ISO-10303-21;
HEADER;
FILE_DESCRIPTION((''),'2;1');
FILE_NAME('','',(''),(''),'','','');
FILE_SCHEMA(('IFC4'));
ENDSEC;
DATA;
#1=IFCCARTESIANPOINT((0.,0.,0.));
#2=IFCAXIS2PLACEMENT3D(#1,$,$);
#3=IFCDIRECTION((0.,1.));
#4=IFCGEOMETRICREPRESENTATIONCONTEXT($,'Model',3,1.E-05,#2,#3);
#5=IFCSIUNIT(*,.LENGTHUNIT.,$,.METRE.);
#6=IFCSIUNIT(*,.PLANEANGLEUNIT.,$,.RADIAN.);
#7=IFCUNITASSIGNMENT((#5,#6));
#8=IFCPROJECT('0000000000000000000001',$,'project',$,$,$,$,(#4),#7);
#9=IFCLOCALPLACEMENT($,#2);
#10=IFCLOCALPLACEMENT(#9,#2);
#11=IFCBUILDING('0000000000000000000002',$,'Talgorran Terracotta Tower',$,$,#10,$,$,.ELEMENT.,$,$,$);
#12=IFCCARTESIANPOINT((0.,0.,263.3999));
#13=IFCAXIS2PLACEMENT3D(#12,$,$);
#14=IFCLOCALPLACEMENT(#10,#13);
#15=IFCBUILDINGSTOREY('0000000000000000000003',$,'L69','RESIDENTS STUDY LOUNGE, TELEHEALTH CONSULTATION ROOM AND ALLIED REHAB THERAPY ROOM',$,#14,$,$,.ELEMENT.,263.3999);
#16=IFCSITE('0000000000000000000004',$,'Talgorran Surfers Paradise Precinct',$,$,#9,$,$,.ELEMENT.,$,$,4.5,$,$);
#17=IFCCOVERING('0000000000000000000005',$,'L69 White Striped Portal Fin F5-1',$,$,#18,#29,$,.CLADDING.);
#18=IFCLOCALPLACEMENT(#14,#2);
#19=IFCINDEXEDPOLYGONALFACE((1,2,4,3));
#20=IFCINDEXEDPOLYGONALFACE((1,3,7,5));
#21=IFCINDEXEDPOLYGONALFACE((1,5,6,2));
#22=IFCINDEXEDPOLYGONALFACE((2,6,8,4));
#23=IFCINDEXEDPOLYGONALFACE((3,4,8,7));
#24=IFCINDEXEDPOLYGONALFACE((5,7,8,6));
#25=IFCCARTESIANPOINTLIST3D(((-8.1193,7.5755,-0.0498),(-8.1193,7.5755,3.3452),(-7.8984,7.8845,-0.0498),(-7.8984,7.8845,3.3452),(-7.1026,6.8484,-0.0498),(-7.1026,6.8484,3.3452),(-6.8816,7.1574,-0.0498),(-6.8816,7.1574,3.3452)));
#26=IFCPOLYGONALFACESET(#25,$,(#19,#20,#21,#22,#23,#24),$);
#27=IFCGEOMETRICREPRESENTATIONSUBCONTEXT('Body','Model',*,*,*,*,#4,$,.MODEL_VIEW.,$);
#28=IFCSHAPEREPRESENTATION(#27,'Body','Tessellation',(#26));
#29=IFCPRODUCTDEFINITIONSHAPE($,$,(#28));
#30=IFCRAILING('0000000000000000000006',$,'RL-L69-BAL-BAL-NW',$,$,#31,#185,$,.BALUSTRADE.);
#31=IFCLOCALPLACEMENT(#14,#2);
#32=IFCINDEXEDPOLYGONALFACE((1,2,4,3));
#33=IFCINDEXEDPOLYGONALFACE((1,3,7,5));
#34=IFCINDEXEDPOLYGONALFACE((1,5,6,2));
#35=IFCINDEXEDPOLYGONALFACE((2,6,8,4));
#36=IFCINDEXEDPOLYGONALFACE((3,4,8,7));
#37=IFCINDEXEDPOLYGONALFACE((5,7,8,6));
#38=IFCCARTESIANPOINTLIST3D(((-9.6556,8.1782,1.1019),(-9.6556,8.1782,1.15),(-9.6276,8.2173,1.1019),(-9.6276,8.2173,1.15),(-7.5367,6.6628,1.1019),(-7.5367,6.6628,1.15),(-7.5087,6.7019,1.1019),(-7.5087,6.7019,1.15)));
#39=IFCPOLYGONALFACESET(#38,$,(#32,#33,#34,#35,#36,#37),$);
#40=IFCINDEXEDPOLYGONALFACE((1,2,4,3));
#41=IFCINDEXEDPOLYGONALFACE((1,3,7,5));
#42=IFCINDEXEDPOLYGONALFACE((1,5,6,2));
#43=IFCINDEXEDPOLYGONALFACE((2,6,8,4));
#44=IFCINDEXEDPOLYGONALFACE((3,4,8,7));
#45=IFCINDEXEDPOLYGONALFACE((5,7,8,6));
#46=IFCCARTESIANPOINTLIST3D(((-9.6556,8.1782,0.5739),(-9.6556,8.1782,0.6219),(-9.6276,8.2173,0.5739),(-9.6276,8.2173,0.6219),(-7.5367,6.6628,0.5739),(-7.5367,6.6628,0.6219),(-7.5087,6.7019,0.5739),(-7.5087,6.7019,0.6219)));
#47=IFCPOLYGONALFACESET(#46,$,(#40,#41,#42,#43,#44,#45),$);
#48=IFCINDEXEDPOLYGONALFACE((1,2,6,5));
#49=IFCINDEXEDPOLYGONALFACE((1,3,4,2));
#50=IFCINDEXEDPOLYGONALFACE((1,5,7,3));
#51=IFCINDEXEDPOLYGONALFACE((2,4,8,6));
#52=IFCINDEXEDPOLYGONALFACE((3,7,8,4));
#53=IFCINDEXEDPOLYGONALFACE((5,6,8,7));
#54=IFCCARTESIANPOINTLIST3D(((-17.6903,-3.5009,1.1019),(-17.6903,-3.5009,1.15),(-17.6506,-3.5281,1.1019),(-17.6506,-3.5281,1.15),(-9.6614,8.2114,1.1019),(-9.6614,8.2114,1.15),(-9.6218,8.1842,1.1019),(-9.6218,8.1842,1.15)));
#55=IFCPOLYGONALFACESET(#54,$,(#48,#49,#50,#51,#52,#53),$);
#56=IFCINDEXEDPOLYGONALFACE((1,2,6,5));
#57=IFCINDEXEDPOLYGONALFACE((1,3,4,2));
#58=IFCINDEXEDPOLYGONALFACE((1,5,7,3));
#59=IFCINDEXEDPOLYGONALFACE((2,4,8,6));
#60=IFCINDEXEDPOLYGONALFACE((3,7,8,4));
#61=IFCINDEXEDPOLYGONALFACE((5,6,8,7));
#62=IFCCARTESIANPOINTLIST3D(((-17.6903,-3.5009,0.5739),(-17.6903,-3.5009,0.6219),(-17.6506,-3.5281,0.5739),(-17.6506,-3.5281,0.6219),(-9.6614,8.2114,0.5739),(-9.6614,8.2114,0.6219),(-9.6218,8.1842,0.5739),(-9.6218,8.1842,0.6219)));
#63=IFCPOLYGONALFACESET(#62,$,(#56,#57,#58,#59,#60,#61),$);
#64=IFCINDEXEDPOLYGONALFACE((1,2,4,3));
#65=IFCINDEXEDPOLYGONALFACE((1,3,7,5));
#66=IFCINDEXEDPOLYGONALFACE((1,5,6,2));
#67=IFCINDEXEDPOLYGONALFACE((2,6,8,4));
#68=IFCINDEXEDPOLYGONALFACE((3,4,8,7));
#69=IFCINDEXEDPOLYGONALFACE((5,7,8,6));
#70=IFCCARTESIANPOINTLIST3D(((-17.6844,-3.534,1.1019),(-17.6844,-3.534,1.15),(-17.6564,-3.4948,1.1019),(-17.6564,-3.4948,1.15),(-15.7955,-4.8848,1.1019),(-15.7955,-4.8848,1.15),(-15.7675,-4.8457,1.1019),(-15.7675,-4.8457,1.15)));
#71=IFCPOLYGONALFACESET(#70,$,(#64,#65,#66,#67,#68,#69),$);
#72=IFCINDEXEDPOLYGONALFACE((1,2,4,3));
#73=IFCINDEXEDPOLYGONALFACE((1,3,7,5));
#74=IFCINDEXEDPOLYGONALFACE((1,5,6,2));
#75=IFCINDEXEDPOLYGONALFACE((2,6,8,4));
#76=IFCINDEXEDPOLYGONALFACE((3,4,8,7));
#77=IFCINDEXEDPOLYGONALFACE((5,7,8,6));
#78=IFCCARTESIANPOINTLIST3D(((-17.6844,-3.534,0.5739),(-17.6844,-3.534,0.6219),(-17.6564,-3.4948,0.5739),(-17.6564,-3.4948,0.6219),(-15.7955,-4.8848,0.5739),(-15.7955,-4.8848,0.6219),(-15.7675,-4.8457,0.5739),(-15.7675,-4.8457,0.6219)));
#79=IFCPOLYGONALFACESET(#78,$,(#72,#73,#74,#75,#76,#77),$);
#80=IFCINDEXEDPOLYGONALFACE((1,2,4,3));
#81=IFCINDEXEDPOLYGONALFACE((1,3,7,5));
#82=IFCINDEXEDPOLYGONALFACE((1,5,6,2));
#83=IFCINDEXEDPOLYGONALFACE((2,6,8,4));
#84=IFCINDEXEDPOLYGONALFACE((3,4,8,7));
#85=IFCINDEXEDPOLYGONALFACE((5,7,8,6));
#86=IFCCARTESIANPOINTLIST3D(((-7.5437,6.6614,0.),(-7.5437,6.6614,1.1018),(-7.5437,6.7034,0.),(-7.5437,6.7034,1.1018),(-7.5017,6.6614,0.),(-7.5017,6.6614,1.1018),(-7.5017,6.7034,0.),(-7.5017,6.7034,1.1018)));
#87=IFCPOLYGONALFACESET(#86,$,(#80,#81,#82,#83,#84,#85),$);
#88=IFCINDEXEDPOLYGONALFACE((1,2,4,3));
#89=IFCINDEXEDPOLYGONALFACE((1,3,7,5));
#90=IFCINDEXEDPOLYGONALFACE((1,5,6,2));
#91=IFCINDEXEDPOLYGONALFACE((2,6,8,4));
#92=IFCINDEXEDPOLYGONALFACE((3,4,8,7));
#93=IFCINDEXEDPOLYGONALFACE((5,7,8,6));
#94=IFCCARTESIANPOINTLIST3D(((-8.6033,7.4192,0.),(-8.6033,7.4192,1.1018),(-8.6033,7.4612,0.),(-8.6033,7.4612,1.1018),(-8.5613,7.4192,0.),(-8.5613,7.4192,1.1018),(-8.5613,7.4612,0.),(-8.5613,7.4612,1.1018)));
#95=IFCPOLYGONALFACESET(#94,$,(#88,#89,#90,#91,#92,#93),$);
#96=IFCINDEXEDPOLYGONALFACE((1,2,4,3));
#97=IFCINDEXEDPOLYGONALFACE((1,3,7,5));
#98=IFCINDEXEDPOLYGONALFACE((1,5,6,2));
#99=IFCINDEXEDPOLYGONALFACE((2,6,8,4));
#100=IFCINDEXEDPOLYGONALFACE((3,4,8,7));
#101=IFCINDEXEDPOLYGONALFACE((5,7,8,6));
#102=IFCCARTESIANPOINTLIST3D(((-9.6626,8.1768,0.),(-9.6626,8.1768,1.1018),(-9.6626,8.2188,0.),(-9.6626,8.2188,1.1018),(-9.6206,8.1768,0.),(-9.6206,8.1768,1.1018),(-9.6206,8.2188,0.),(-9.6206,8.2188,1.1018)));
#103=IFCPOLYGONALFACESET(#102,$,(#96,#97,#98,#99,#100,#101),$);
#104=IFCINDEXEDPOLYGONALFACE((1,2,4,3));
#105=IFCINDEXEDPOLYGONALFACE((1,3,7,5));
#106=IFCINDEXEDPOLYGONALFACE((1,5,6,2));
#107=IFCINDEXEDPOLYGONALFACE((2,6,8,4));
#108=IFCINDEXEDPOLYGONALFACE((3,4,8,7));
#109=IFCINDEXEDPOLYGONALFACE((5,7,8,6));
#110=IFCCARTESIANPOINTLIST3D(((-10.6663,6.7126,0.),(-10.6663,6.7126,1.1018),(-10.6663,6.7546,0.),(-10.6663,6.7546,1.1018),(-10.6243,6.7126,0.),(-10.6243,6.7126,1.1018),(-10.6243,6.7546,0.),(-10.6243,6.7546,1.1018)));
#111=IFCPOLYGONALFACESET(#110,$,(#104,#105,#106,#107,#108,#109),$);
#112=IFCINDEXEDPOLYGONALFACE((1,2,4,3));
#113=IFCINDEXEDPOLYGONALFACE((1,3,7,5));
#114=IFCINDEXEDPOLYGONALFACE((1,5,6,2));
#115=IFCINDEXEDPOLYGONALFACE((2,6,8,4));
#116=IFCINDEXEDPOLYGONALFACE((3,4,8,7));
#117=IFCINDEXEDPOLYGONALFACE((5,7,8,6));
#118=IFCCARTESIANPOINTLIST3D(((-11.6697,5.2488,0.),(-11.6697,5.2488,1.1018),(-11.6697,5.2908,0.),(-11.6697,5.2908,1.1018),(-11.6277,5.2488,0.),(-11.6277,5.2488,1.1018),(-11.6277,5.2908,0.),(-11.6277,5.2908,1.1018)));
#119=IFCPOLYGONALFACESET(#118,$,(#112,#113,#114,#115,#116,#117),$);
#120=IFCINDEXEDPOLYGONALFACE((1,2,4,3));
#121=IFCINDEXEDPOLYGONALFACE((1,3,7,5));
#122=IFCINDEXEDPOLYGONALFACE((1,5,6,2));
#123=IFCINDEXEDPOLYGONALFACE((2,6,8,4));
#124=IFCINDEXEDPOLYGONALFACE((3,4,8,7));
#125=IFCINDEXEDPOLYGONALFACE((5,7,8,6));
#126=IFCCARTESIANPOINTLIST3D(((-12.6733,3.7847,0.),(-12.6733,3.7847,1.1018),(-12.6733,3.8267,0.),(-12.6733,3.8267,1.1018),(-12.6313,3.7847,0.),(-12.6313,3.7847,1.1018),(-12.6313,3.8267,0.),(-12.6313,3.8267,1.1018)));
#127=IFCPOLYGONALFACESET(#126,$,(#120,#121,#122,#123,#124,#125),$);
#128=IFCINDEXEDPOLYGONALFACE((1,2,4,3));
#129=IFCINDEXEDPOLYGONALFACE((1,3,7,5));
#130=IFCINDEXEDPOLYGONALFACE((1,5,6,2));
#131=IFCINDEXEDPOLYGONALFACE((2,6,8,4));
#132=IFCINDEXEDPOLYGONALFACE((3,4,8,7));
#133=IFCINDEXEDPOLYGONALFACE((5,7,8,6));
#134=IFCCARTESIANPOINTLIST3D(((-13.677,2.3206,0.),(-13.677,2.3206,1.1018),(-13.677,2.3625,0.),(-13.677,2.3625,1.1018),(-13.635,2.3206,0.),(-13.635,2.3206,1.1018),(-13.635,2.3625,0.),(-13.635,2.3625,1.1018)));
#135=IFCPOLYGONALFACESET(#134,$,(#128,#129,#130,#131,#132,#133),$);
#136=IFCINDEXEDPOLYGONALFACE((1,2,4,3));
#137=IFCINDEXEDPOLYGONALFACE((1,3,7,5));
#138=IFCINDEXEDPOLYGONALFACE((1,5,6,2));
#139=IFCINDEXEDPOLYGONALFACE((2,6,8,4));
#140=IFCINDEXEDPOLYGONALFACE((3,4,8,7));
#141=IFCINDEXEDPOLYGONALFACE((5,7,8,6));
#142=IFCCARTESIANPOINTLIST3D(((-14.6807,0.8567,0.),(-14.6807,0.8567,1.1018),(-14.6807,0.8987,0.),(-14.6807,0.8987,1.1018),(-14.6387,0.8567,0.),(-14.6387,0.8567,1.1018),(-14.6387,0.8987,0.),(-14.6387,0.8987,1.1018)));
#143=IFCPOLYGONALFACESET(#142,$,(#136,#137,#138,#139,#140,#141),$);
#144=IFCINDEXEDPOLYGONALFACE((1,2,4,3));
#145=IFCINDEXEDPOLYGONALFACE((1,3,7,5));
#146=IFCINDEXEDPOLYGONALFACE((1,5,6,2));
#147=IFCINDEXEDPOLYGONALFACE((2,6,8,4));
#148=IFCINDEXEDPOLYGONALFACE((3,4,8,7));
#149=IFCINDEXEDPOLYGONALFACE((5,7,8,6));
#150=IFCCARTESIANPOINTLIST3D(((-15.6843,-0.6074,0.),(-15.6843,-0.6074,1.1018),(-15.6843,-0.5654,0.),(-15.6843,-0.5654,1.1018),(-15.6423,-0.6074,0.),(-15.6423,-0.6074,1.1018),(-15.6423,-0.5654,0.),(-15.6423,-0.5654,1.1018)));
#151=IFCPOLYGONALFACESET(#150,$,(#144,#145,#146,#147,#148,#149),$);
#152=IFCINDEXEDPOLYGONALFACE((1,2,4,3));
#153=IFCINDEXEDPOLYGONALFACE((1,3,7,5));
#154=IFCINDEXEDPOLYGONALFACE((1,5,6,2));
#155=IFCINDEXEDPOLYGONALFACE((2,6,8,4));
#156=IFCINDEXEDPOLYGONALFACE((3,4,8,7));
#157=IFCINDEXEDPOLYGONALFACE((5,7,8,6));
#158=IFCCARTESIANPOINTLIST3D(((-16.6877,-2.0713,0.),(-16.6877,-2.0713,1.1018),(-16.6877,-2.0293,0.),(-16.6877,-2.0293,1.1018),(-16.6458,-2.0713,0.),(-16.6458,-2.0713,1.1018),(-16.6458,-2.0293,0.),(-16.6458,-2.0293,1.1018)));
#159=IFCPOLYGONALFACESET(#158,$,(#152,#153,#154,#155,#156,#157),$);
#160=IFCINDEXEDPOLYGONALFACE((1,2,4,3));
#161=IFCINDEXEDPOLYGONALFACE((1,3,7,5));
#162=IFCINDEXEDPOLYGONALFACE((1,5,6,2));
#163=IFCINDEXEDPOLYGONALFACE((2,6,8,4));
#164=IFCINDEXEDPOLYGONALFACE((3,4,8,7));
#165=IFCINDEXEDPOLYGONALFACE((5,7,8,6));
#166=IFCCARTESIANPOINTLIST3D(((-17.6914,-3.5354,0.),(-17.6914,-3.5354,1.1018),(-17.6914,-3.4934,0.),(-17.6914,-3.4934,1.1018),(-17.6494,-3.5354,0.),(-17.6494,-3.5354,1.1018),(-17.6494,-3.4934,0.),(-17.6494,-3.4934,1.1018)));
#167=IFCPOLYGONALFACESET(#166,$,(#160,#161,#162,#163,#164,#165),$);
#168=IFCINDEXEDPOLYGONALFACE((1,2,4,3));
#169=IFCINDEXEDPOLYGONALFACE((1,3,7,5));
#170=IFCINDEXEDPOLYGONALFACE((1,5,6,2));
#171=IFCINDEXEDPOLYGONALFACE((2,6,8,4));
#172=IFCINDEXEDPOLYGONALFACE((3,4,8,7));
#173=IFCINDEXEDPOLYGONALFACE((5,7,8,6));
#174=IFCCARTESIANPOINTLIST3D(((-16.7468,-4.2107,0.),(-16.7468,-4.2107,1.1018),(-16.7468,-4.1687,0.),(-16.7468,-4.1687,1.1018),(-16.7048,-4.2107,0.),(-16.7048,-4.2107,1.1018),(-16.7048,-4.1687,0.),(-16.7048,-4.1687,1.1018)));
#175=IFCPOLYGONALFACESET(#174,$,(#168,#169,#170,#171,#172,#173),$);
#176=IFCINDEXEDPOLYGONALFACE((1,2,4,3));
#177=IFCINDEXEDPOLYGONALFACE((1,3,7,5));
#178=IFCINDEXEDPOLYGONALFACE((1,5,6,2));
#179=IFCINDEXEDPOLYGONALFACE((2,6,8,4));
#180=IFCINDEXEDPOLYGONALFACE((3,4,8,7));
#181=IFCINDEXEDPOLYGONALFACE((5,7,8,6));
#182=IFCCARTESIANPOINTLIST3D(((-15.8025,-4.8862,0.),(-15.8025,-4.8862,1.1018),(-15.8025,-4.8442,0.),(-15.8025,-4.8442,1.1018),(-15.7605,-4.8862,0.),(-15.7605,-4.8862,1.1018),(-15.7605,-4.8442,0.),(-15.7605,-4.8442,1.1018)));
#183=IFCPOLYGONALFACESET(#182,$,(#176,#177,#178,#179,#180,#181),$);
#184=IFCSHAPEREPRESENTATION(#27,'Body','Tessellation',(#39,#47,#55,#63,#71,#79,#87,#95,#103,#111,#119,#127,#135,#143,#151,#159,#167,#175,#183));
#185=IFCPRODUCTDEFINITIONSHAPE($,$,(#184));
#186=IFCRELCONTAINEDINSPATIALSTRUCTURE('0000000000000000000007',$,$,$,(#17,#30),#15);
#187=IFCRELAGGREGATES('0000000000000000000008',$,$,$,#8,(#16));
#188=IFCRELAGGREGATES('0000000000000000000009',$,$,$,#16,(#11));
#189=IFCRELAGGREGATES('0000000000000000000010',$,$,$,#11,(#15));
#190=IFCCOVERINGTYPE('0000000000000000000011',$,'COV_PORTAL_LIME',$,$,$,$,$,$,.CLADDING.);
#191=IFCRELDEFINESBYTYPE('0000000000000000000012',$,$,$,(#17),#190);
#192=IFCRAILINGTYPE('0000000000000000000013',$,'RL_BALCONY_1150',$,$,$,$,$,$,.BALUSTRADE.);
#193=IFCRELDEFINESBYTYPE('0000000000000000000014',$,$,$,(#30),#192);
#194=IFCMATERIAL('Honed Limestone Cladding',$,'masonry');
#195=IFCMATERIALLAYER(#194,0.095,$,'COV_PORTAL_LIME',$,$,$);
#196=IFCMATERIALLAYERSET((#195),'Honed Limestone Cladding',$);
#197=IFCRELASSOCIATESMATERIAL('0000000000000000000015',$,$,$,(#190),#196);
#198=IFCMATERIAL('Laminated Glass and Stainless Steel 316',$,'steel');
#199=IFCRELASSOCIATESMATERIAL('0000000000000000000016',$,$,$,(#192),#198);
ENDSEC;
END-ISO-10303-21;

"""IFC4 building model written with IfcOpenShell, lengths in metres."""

from ifc_helpers import new_model, si_unit, direction, frame, origin, origin_2d, place, context, subcontext, project, spatial, rectangle, extrude, material, layer, layer_set, type_object, element, save


model = new_model("IFC4")

# Units and contexts
model_context = context("Model", 3, precision=1e-05, world=origin(), true_north=direction((0.0, 1.0)))
body_context = subcontext(model_context, "Body", "Model", "MODEL_VIEW")
ifc_project = project(units=[si_unit("LENGTHUNIT", "METRE"), si_unit("PLANEANGLEUNIT", "RADIAN")], contexts=[model_context])

# Site, building, storey
site_placement = place(None, origin())
site = spatial("IfcSite", under=ifc_project, at=site_placement, Name="Talgorran Surfers Paradise Precinct", CompositionType="ELEMENT", RefElevation=4.5)
building_placement = place(site_placement, origin())
building = spatial("IfcBuilding", under=site, at=building_placement, Name="Talgorran Terracotta Tower", CompositionType="ELEMENT")
storey_placement = place(building_placement, frame((0.0, 0.0, 263.3999)))
storey = spatial("IfcBuildingStorey", under=building, at=storey_placement, Name="L69", Description="RESIDENTS STUDY LOUNGE, TELEHEALTH CONSULTATION ROOM AND ALLIED REHAB THERAPY ROOM", CompositionType="ELEMENT", Elevation=263.3999)

# Covering
ifc_material_1 = material(Name="Honed Limestone Cladding", Category="masonry")
ifc_layer_1 = layer(ifc_material_1, 0.095, Name="COV_PORTAL_LIME")
ifc_layer_set_1 = layer_set([ifc_layer_1], Name="Honed Limestone Cladding")
covering_type_1 = type_object("IfcCoveringType", Name="COV_PORTAL_LIME", PredefinedType="CLADDING", material=ifc_layer_set_1)
covering_1_placement = place(storey_placement, frame((-7.5005, 7.3665, -0.0498), z_axis=(0.0, 0.0, 1.0), x_axis=(-0.581726, -0.813385, 0.0)))
element("IfcCovering", 1, at=covering_1_placement, inside=storey, type_object=covering_type_1, Name="L69 White Striped Portal Fin F5-1", PredefinedType="CLADDING", context=body_context, shape_type="SweptSolid", body=[
    extrude(rectangle(XDim=0.3799, YDim=1.25, at=origin_2d()), origin(), (0.0, 0.0, 1.0), 3.395),
])

# Railing
ifc_material_2 = material(Name="Laminated Glass and Stainless Steel 316", Category="steel")
railing_type = type_object("IfcRailingType", Name="RL_BALCONY_1150", PredefinedType="BALUSTRADE", material=ifc_material_2)
railing_placement = place(storey_placement, frame((-7.5227, 6.6824, 0.0)))
element("IfcRailing", 2, at=railing_placement, inside=storey, type_object=railing_type, Name="RL-L69-BAL-BAL-NW", PredefinedType="BALUSTRADE", context=body_context, shape_type="SweptSolid", body=[
    extrude(rectangle(XDim=0.0481, YDim=0.0481, at=origin_2d()), frame((0.0, 0.0, 1.126), z_axis=(-0.813391, 0.581717, 0.0), x_axis=(-0.581717, -0.813391, 0.0)), (0.0, 0.0, 1.0), 2.605),
    extrude(rectangle(XDim=0.0481, YDim=0.0481, at=origin_2d()), frame((0.0, 0.0, 0.5979), z_axis=(-0.813391, 0.581717, 0.0), x_axis=(-0.581717, -0.813391, 0.0)), (0.0, 0.0, 1.0), 2.605),
    extrude(rectangle(XDim=0.0481, YDim=0.0481, at=origin_2d()), frame((-2.1189, 1.5154, 1.126), z_axis=(-0.565414, -0.824807, 0.0), x_axis=(0.824807, -0.565414, 0.0)), (0.0, 0.0, 1.0), 14.2),
    extrude(rectangle(XDim=0.0481, YDim=0.0481, at=origin_2d()), frame((-2.1189, 1.5154, 0.5979), z_axis=(-0.565414, -0.824807, 0.0), x_axis=(0.824807, -0.565414, 0.0)), (0.0, 0.0, 1.0), 14.2),
    extrude(rectangle(XDim=0.0481, YDim=0.0481, at=origin_2d()), frame((-10.1477, -10.1968, 1.126), z_axis=(0.813407, -0.581696, 0.0), x_axis=(0.581696, 0.813407, 0.0)), (0.0, 0.0, 1.0), 2.3223),
    extrude(rectangle(XDim=0.0481, YDim=0.0481, at=origin_2d()), frame((-10.1477, -10.1968, 0.5979), z_axis=(0.813407, -0.581696, 0.0), x_axis=(0.581696, 0.813407, 0.0)), (0.0, 0.0, 1.0), 2.3223),
    extrude(rectangle(XDim=0.042, YDim=0.042, at=origin_2d()), origin(), (0.0, 0.0, 1.0), 1.1018),
    extrude(rectangle(XDim=0.042, YDim=0.042, at=origin_2d()), frame((-1.0596, 0.7578, 0.0)), (0.0, 0.0, 1.0), 1.1018),
    extrude(rectangle(XDim=0.042, YDim=0.042, at=origin_2d()), frame((-2.1189, 1.5154, 0.0)), (0.0, 0.0, 1.0), 1.1018),
    extrude(rectangle(XDim=0.042, YDim=0.042, at=origin_2d()), frame((-3.1226, 0.0513, 0.0)), (0.0, 0.0, 1.0), 1.1018),
    extrude(rectangle(XDim=0.042, YDim=0.042, at=origin_2d()), frame((-4.126, -1.4126, 0.0)), (0.0, 0.0, 1.0), 1.1018),
    extrude(rectangle(XDim=0.042, YDim=0.042, at=origin_2d()), frame((-5.1296, -2.8767, 0.0)), (0.0, 0.0, 1.0), 1.1018),
    extrude(rectangle(XDim=0.042, YDim=0.042, at=origin_2d()), frame((-6.1333, -4.3408, 0.0)), (0.0, 0.0, 1.0), 1.1018),
    extrude(rectangle(XDim=0.042, YDim=0.042, at=origin_2d()), frame((-7.137, -5.8047, 0.0)), (0.0, 0.0, 1.0), 1.1018),
    extrude(rectangle(XDim=0.042, YDim=0.042, at=origin_2d()), frame((-8.1406, -7.2688, 0.0)), (0.0, 0.0, 1.0), 1.1018),
    extrude(rectangle(XDim=0.042, YDim=0.042, at=origin_2d()), frame((-9.144, -8.7327, 0.0)), (0.0, 0.0, 1.0), 1.1018),
    extrude(rectangle(XDim=0.042, YDim=0.042, at=origin_2d()), frame((-10.1477, -10.1968, 0.0)), (0.0, 0.0, 1.0), 1.1018),
    extrude(rectangle(XDim=0.042, YDim=0.042, at=origin_2d()), frame((-9.2031, -10.8721, 0.0)), (0.0, 0.0, 1.0), 1.1018),
    extrude(rectangle(XDim=0.042, YDim=0.042, at=origin_2d()), frame((-8.2588, -11.5476, 0.0)), (0.0, 0.0, 1.0), 1.1018),
])

save(model, "model.ifc")
